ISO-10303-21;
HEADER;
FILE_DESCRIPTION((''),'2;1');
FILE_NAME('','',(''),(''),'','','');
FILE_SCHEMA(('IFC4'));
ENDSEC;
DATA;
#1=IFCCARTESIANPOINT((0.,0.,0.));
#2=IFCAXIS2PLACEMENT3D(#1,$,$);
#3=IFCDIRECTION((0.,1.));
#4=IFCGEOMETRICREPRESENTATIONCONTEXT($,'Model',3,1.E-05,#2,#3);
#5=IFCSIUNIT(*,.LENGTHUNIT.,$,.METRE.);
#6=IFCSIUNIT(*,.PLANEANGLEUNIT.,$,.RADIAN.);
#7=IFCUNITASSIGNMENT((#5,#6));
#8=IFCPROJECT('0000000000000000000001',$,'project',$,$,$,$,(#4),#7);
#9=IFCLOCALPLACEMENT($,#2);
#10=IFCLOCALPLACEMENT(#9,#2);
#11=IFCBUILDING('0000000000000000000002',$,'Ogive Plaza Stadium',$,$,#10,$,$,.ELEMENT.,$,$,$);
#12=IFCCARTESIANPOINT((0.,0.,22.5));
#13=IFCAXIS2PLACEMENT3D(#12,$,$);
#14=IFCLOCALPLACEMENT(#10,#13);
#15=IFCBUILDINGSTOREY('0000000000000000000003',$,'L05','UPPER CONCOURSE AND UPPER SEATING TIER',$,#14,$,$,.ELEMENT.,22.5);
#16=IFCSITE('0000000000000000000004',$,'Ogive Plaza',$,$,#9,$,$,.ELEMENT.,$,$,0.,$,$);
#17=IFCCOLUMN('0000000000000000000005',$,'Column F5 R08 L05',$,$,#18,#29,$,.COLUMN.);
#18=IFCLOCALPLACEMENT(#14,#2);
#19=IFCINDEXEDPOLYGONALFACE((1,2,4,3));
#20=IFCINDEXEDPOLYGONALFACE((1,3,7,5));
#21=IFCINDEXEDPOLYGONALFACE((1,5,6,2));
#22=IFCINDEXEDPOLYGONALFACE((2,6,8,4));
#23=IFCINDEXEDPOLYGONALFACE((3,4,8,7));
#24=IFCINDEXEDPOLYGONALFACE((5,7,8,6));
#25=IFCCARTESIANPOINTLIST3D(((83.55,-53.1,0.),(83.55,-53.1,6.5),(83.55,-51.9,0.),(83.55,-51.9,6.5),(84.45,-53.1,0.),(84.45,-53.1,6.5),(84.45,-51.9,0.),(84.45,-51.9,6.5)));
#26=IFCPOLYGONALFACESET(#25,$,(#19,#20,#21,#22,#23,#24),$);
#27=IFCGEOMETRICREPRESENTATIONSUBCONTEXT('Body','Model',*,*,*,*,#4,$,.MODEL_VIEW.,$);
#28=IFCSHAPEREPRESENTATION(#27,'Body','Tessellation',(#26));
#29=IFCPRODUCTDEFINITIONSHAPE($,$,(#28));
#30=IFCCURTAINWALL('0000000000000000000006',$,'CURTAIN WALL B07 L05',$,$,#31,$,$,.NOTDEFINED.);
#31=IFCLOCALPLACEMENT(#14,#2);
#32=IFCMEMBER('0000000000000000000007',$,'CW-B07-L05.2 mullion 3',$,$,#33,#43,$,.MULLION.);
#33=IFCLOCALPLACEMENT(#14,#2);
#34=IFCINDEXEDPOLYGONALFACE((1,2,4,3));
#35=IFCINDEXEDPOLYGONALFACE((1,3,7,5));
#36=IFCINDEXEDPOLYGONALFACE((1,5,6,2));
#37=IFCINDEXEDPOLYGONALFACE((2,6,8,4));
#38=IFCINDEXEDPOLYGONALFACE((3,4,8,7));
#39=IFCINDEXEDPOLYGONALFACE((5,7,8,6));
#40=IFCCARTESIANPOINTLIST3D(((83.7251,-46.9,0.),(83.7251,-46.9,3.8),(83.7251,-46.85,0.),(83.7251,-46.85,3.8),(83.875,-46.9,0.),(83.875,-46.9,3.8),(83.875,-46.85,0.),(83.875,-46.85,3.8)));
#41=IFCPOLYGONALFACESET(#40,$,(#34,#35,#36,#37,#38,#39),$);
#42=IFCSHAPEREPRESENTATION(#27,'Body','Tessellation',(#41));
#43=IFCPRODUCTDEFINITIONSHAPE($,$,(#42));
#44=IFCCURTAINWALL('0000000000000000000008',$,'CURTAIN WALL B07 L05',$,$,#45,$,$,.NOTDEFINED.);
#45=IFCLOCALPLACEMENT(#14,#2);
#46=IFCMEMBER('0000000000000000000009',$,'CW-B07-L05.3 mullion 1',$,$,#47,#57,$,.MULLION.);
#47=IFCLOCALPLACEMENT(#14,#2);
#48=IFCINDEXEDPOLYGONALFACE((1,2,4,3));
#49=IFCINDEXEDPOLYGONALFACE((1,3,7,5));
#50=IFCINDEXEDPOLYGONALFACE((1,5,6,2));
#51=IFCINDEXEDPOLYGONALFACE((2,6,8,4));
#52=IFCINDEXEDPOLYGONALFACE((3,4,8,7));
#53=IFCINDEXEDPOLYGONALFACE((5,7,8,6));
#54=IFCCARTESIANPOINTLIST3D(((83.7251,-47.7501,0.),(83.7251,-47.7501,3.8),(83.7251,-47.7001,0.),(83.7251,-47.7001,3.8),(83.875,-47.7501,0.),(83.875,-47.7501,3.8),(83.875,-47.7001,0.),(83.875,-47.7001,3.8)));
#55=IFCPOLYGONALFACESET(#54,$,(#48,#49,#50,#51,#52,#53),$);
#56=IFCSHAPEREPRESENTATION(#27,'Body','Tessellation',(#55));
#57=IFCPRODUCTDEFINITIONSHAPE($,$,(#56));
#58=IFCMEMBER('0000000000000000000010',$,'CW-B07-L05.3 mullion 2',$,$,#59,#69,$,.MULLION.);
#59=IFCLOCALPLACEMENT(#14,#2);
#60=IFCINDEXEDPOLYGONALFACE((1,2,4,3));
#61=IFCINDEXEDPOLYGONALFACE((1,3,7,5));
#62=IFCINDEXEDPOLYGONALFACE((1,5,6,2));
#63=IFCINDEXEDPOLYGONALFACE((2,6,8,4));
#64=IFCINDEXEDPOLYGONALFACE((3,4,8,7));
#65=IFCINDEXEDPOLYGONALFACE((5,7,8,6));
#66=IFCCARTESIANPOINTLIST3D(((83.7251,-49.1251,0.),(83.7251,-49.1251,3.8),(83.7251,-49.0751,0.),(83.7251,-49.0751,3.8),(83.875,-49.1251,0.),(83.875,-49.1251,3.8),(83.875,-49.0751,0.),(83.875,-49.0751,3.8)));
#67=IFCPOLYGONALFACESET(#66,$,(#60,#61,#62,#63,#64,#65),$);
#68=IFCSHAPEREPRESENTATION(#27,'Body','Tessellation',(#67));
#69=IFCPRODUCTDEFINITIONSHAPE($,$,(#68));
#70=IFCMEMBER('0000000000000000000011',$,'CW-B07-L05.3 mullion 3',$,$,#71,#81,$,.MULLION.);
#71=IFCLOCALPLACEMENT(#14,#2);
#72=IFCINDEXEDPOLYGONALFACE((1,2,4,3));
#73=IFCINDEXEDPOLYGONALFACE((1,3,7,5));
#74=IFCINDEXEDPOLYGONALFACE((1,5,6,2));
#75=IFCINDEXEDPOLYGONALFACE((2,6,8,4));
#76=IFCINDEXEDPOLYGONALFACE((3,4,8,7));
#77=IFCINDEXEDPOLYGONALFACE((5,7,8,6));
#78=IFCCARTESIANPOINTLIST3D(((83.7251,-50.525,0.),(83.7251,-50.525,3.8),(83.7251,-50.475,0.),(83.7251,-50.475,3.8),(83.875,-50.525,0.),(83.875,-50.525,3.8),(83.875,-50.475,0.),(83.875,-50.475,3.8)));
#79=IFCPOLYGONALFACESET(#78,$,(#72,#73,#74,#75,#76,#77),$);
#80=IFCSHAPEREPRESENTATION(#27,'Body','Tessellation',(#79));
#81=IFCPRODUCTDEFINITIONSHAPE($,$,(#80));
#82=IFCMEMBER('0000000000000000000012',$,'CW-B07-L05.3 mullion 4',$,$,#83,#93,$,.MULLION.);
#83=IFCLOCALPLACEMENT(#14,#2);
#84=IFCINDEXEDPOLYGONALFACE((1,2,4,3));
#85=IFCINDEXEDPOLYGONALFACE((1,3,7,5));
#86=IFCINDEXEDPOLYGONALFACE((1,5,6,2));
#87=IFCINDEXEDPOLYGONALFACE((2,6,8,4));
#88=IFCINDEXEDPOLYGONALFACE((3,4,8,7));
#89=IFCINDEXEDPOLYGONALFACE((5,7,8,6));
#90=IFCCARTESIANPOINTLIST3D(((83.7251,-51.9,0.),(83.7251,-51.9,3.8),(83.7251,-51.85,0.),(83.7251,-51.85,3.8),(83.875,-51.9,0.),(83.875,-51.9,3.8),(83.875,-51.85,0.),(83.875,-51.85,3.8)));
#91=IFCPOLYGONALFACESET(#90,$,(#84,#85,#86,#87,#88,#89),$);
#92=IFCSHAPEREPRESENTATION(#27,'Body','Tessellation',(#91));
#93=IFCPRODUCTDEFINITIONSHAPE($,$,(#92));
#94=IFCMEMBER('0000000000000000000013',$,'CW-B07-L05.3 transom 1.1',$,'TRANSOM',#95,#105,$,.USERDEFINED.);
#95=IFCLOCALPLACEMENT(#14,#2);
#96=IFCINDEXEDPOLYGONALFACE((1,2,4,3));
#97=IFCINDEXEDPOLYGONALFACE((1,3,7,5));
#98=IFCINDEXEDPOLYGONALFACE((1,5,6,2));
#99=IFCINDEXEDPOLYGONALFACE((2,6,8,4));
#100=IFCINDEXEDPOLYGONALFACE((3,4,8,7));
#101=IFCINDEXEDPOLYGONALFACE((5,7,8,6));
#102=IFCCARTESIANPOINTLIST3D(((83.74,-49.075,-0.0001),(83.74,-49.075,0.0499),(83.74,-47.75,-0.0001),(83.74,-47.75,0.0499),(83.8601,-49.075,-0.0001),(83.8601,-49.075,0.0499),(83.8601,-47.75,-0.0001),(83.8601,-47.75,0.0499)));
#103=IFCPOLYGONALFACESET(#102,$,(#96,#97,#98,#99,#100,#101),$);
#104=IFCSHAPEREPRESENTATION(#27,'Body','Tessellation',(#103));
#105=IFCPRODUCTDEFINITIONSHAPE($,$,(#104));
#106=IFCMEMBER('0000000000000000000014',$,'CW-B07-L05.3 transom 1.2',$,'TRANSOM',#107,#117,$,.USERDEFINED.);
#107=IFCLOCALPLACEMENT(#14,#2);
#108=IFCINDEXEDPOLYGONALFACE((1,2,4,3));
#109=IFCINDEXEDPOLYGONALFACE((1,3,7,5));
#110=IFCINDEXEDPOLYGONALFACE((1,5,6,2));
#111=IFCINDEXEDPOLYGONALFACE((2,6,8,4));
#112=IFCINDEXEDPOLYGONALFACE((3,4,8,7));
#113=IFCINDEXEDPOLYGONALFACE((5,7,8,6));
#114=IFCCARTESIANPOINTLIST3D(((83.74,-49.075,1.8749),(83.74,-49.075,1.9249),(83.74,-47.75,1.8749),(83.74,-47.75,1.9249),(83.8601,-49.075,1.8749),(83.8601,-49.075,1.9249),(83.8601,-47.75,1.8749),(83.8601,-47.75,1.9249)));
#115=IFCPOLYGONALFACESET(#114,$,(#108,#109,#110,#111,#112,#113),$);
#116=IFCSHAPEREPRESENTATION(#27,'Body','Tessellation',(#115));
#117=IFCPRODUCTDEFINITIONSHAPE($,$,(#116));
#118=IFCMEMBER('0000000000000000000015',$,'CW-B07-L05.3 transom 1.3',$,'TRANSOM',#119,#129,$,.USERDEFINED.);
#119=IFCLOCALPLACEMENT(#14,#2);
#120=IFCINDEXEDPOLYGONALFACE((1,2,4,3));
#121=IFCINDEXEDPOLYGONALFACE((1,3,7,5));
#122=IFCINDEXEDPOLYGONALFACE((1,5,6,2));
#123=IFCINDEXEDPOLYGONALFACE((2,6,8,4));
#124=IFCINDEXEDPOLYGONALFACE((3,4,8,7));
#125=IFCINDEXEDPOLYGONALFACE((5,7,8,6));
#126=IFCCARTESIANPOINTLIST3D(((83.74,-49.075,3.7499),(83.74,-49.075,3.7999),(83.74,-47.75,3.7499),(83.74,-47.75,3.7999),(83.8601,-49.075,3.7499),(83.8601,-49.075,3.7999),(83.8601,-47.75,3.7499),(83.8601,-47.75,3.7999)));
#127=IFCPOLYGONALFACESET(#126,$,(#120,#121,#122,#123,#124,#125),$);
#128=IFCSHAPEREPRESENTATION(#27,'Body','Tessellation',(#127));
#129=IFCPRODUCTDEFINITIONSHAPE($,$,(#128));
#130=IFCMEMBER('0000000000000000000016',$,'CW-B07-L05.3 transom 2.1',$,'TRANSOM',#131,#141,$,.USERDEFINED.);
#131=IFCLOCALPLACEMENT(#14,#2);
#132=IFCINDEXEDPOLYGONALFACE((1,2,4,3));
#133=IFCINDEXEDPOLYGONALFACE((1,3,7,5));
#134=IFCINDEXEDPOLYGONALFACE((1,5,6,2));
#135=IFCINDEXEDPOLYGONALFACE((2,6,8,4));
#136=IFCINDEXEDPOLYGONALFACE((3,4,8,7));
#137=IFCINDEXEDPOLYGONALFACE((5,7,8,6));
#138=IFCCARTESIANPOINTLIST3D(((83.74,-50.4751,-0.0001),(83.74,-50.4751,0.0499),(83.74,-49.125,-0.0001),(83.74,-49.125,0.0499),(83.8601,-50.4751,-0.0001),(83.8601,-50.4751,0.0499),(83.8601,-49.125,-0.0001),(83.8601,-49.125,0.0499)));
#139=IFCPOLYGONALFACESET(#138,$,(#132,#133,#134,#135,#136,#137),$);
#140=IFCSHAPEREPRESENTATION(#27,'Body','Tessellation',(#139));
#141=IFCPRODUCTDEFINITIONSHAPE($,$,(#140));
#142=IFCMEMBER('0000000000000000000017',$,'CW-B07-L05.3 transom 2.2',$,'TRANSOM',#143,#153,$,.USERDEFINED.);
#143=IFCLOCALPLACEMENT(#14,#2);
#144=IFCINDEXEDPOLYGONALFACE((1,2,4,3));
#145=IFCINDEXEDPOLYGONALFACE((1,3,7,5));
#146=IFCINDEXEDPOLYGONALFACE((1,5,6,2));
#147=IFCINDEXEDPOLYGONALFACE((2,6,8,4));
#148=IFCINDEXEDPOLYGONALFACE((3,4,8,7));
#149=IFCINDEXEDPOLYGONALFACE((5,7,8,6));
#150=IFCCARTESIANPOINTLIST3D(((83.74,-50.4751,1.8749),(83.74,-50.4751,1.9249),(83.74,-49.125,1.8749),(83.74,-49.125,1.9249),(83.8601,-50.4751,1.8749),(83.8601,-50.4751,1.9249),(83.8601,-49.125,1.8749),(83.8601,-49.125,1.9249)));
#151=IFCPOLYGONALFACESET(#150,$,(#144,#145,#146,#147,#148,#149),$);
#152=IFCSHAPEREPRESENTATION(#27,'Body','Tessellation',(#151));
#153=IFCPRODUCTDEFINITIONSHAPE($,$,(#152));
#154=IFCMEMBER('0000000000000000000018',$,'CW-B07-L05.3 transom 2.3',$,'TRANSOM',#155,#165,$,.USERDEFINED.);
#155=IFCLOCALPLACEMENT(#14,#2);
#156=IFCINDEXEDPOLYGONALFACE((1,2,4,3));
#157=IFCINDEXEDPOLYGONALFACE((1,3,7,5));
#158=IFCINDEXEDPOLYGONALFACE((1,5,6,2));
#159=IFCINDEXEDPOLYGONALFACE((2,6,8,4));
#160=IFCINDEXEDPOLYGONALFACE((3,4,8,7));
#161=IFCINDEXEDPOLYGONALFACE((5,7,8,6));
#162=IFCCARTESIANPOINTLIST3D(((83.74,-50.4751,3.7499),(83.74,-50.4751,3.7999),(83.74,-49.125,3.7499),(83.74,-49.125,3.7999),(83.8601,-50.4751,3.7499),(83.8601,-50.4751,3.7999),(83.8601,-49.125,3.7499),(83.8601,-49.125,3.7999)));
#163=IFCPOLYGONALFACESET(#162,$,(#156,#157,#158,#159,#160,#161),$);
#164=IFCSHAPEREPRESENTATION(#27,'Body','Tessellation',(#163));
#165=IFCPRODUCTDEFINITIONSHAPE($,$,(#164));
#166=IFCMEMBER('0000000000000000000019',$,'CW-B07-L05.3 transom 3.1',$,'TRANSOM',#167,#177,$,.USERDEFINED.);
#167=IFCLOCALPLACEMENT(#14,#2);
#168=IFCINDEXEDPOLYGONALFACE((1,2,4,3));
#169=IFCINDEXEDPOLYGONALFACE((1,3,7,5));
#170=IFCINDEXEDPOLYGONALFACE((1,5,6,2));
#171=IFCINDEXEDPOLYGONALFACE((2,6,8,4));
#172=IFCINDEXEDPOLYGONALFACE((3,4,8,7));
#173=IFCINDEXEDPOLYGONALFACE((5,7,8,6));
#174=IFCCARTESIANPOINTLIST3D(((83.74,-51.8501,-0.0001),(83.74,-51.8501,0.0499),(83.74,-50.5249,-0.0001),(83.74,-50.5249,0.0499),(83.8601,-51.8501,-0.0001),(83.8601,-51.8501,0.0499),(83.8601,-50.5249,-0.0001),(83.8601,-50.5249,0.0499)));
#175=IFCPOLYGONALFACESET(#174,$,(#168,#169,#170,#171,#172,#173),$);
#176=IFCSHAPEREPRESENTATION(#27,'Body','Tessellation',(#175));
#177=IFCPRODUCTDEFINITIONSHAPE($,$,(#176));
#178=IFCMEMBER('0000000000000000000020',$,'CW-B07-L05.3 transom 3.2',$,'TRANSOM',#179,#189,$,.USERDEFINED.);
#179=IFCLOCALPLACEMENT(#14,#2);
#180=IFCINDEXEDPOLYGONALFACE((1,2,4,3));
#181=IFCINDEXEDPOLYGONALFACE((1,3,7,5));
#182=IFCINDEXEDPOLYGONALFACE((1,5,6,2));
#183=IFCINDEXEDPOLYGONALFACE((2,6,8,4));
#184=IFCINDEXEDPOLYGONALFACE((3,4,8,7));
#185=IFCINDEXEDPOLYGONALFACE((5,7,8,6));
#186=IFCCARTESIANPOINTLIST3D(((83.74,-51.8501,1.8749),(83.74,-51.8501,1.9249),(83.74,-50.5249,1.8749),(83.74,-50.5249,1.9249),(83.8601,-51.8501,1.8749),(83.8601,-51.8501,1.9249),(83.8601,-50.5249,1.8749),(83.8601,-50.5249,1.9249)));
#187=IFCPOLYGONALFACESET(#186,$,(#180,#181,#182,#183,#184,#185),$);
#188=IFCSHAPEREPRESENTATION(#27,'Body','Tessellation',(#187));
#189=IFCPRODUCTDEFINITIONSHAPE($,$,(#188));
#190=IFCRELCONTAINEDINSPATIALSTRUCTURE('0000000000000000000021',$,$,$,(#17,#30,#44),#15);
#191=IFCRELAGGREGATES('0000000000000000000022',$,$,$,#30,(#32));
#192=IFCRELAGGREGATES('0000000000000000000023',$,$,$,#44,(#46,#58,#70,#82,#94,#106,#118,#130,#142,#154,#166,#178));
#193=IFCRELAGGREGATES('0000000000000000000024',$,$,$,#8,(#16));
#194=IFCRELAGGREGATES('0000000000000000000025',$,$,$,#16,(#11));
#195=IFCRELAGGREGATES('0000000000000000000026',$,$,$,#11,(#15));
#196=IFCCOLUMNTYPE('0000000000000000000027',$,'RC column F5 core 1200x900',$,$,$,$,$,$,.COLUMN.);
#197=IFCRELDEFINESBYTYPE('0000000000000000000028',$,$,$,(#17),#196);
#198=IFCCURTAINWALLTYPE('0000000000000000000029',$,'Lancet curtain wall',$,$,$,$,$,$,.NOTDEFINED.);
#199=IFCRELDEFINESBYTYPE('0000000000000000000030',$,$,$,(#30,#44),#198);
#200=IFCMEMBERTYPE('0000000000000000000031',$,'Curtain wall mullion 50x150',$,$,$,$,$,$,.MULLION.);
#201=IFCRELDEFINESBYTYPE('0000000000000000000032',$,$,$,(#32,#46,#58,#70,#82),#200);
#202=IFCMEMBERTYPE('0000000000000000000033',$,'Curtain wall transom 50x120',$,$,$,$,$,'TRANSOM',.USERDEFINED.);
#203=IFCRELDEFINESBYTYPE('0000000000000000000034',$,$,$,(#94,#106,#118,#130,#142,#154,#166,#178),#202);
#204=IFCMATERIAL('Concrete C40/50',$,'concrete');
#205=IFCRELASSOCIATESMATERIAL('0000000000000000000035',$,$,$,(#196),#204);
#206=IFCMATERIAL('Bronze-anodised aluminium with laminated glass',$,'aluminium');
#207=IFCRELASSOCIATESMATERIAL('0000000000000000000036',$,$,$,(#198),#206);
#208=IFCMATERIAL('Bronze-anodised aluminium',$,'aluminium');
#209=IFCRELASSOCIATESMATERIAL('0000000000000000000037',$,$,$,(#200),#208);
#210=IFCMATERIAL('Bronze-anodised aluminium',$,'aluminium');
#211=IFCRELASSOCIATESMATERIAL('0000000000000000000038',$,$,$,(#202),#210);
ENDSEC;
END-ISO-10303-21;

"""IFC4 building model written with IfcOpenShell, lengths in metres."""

from ifc_helpers import new_model, si_unit, direction, frame, origin, origin_2d, place, context, subcontext, project, spatial, rectangle, extrude, material, material_profile, profile_set, type_object, element, aggregate, save


model = new_model("IFC4")

# Units and contexts
model_context = context("Model", 3, precision=1e-05, world=origin(), true_north=direction((0.0, 1.0)))
body_context = subcontext(model_context, "Body", "Model", "MODEL_VIEW")
ifc_project = project(units=[si_unit("LENGTHUNIT", "METRE"), si_unit("PLANEANGLEUNIT", "RADIAN")], contexts=[model_context])

# Site, building, storey
site_placement = place(None, origin())
site = spatial("IfcSite", under=ifc_project, at=site_placement, Name="Ogive Plaza", CompositionType="ELEMENT", RefElevation=0.0)
building_placement = place(site_placement, origin())
building = spatial("IfcBuilding", under=site, at=building_placement, Name="Ogive Plaza Stadium", CompositionType="ELEMENT")
storey_placement = place(building_placement, frame((0.0, 0.0, 22.5)))
storey = spatial("IfcBuildingStorey", under=building, at=storey_placement, Name="L05", Description="UPPER CONCOURSE AND UPPER SEATING TIER", CompositionType="ELEMENT", Elevation=22.5)

# Column
ifc_material_1 = material(Name="Concrete C40/50", Category="concrete")
ifc_material_profile_1 = material_profile(ifc_material_1, rectangle(XDim=1.2, YDim=0.8999, at=origin_2d()), Name="RC 1200x900")
ifc_profile_set_1 = profile_set([ifc_material_profile_1], Name="Concrete C40/50")
column_type = type_object("IfcColumnType", Name="RC column F5 core 1200x900", PredefinedType="COLUMN", material=ifc_profile_set_1)
column_placement = place(storey_placement, frame((84.0, -52.5, 0.0), z_axis=(0.0, 0.0, 1.0), x_axis=(0.0, 1.0, 0.0)))
element("IfcColumn", 1, at=column_placement, inside=storey, type_object=column_type, Name="Column F5 R08 L05", PredefinedType="COLUMN", context=body_context, shape_type="SweptSolid", body=[
    extrude(rectangle(XDim=1.2, YDim=0.8999, at=origin_2d()), origin(), (0.0, 0.0, 1.0), 6.5),
])

# Curtain wall, member
ifc_material_2 = material(Name="Bronze-anodised aluminium with laminated glass", Category="aluminium")
curtain_wall_type = type_object("IfcCurtainWallType", Name="Lancet curtain wall", PredefinedType="NOTDEFINED", material=ifc_material_2)
curtain_wall_1_placement = place(storey_placement, origin())
curtain_wall_1 = element("IfcCurtainWall", 2, at=curtain_wall_1_placement, inside=storey, type_object=curtain_wall_type, Name="CURTAIN WALL B07 L05", PredefinedType="NOTDEFINED")
ifc_material_3 = material(Name="Bronze-anodised aluminium", Category="aluminium")
ifc_material_profile_2 = material_profile(ifc_material_3, rectangle(XDim=0.1499, YDim=0.05, at=origin_2d()), Name="AL 150x50")
ifc_profile_set_2 = profile_set([ifc_material_profile_2], Name="Bronze-anodised aluminium")
member_type_1 = type_object("IfcMemberType", Name="Curtain wall mullion 50x150", PredefinedType="MULLION", material=ifc_profile_set_2)
member_1_placement = place(storey_placement, frame((83.8, -46.875, 0.0), z_axis=(0.0, 0.0, 1.0), x_axis=(1.0, 0.0, 0.0)))
member_1 = element("IfcMember", 3, at=member_1_placement, type_object=member_type_1, Name="CW-B07-L05.2 mullion 3", PredefinedType="MULLION", context=body_context, shape_type="SweptSolid", body=[
    extrude(rectangle(XDim=0.1499, YDim=0.05, at=origin_2d()), origin(), (0.0, 0.0, 1.0), 3.8),
])

# Curtain wall, members
curtain_wall_2_placement = place(storey_placement, origin())
curtain_wall_2 = element("IfcCurtainWall", 4, at=curtain_wall_2_placement, inside=storey, type_object=curtain_wall_type, Name="CURTAIN WALL B07 L05", PredefinedType="NOTDEFINED")
member_2_placement = place(storey_placement, frame((83.8, -47.7251, 0.0), z_axis=(0.0, 0.0, 1.0), x_axis=(1.0, 0.0, 0.0)))
member_2 = element("IfcMember", 5, at=member_2_placement, type_object=member_type_1, Name="CW-B07-L05.3 mullion 1", PredefinedType="MULLION", context=body_context, shape_type="SweptSolid", body=[
    extrude(rectangle(XDim=0.1499, YDim=0.05, at=origin_2d()), origin(), (0.0, 0.0, 1.0), 3.8),
])
member_3_placement = place(storey_placement, frame((83.8, -49.1001, 0.0), z_axis=(0.0, 0.0, 1.0), x_axis=(1.0, 0.0, 0.0)))
member_3 = element("IfcMember", 6, at=member_3_placement, type_object=member_type_1, Name="CW-B07-L05.3 mullion 2", PredefinedType="MULLION", context=body_context, shape_type="SweptSolid", body=[
    extrude(rectangle(XDim=0.1499, YDim=0.05, at=origin_2d()), origin(), (0.0, 0.0, 1.0), 3.8),
])
member_4_placement = place(storey_placement, frame((83.8, -50.5, 0.0), z_axis=(0.0, 0.0, 1.0), x_axis=(1.0, 0.0, 0.0)))
member_4 = element("IfcMember", 7, at=member_4_placement, type_object=member_type_1, Name="CW-B07-L05.3 mullion 3", PredefinedType="MULLION", context=body_context, shape_type="SweptSolid", body=[
    extrude(rectangle(XDim=0.1499, YDim=0.05, at=origin_2d()), origin(), (0.0, 0.0, 1.0), 3.8),
])
member_5_placement = place(storey_placement, frame((83.8, -51.875, 0.0), z_axis=(0.0, 0.0, 1.0), x_axis=(1.0, 0.0, 0.0)))
member_5 = element("IfcMember", 8, at=member_5_placement, type_object=member_type_1, Name="CW-B07-L05.3 mullion 4", PredefinedType="MULLION", context=body_context, shape_type="SweptSolid", body=[
    extrude(rectangle(XDim=0.1499, YDim=0.05, at=origin_2d()), origin(), (0.0, 0.0, 1.0), 3.8),
])
ifc_material_4 = material(Name="Bronze-anodised aluminium", Category="aluminium")
ifc_material_profile_3 = material_profile(ifc_material_4, rectangle(XDim=0.1201, YDim=0.05, at=origin_2d()), Name="AL 120x50")
ifc_profile_set_3 = profile_set([ifc_material_profile_3], Name="Bronze-anodised aluminium")
member_type_2 = type_object("IfcMemberType", Name="Curtain wall transom 50x120", ElementType="TRANSOM", PredefinedType="USERDEFINED", material=ifc_profile_set_3)
member_6_placement = place(storey_placement, frame((83.8, -47.75, 0.0249), z_axis=(0.0, -1.0, 0.0), x_axis=(1.0, 0.0, 0.0)))
member_6 = element("IfcMember", 9, at=member_6_placement, type_object=member_type_2, Name="CW-B07-L05.3 transom 1.1", ObjectType="TRANSOM", PredefinedType="USERDEFINED", context=body_context, shape_type="SweptSolid", body=[
    extrude(rectangle(XDim=0.1201, YDim=0.05, at=origin_2d()), origin(), (0.0, 0.0, 1.0), 1.325),
])
member_7_placement = place(storey_placement, frame((83.8, -47.75, 1.8999), z_axis=(0.0, -1.0, 0.0), x_axis=(1.0, 0.0, 0.0)))
member_7 = element("IfcMember", 10, at=member_7_placement, type_object=member_type_2, Name="CW-B07-L05.3 transom 1.2", ObjectType="TRANSOM", PredefinedType="USERDEFINED", context=body_context, shape_type="SweptSolid", body=[
    extrude(rectangle(XDim=0.1201, YDim=0.05, at=origin_2d()), origin(), (0.0, 0.0, 1.0), 1.325),
])
member_8_placement = place(storey_placement, frame((83.8, -47.75, 3.7749), z_axis=(0.0, -1.0, 0.0), x_axis=(1.0, 0.0, 0.0)))
member_8 = element("IfcMember", 11, at=member_8_placement, type_object=member_type_2, Name="CW-B07-L05.3 transom 1.3", ObjectType="TRANSOM", PredefinedType="USERDEFINED", context=body_context, shape_type="SweptSolid", body=[
    extrude(rectangle(XDim=0.1201, YDim=0.05, at=origin_2d()), origin(), (0.0, 0.0, 1.0), 1.325),
])
member_9_placement = place(storey_placement, frame((83.8, -49.125, 0.0249), z_axis=(0.0, -1.0, 0.0), x_axis=(1.0, 0.0, 0.0)))
member_9 = element("IfcMember", 12, at=member_9_placement, type_object=member_type_2, Name="CW-B07-L05.3 transom 2.1", ObjectType="TRANSOM", PredefinedType="USERDEFINED", context=body_context, shape_type="SweptSolid", body=[
    extrude(rectangle(XDim=0.1201, YDim=0.05, at=origin_2d()), origin(), (0.0, 0.0, 1.0), 1.3501),
])
member_10_placement = place(storey_placement, frame((83.8, -49.125, 1.8999), z_axis=(0.0, -1.0, 0.0), x_axis=(1.0, 0.0, 0.0)))
member_10 = element("IfcMember", 13, at=member_10_placement, type_object=member_type_2, Name="CW-B07-L05.3 transom 2.2", ObjectType="TRANSOM", PredefinedType="USERDEFINED", context=body_context, shape_type="SweptSolid", body=[
    extrude(rectangle(XDim=0.1201, YDim=0.05, at=origin_2d()), origin(), (0.0, 0.0, 1.0), 1.3501),
])
member_11_placement = place(storey_placement, frame((83.8, -49.125, 3.7749), z_axis=(0.0, -1.0, 0.0), x_axis=(1.0, 0.0, 0.0)))
member_11 = element("IfcMember", 14, at=member_11_placement, type_object=member_type_2, Name="CW-B07-L05.3 transom 2.3", ObjectType="TRANSOM", PredefinedType="USERDEFINED", context=body_context, shape_type="SweptSolid", body=[
    extrude(rectangle(XDim=0.1201, YDim=0.05, at=origin_2d()), origin(), (0.0, 0.0, 1.0), 1.3501),
])
member_12_placement = place(storey_placement, frame((83.8, -50.5249, 0.0249), z_axis=(0.0, -1.0, 0.0), x_axis=(1.0, 0.0, 0.0)))
member_12 = element("IfcMember", 15, at=member_12_placement, type_object=member_type_2, Name="CW-B07-L05.3 transom 3.1", ObjectType="TRANSOM", PredefinedType="USERDEFINED", context=body_context, shape_type="SweptSolid", body=[
    extrude(rectangle(XDim=0.1201, YDim=0.05, at=origin_2d()), origin(), (0.0, 0.0, 1.0), 1.3252),
])
member_13_placement = place(storey_placement, frame((83.8, -50.5249, 1.8999), z_axis=(0.0, -1.0, 0.0), x_axis=(1.0, 0.0, 0.0)))
member_13 = element("IfcMember", 16, at=member_13_placement, type_object=member_type_2, Name="CW-B07-L05.3 transom 3.2", ObjectType="TRANSOM", PredefinedType="USERDEFINED", context=body_context, shape_type="SweptSolid", body=[
    extrude(rectangle(XDim=0.1201, YDim=0.05, at=origin_2d()), origin(), (0.0, 0.0, 1.0), 1.3252),
])

aggregate(curtain_wall_1, [member_1])
aggregate(curtain_wall_2, [member_2, member_3, member_4, member_5, member_6, member_7, member_8, member_9, member_10, member_11, member_12, member_13])

save(model, "model.ifc")
